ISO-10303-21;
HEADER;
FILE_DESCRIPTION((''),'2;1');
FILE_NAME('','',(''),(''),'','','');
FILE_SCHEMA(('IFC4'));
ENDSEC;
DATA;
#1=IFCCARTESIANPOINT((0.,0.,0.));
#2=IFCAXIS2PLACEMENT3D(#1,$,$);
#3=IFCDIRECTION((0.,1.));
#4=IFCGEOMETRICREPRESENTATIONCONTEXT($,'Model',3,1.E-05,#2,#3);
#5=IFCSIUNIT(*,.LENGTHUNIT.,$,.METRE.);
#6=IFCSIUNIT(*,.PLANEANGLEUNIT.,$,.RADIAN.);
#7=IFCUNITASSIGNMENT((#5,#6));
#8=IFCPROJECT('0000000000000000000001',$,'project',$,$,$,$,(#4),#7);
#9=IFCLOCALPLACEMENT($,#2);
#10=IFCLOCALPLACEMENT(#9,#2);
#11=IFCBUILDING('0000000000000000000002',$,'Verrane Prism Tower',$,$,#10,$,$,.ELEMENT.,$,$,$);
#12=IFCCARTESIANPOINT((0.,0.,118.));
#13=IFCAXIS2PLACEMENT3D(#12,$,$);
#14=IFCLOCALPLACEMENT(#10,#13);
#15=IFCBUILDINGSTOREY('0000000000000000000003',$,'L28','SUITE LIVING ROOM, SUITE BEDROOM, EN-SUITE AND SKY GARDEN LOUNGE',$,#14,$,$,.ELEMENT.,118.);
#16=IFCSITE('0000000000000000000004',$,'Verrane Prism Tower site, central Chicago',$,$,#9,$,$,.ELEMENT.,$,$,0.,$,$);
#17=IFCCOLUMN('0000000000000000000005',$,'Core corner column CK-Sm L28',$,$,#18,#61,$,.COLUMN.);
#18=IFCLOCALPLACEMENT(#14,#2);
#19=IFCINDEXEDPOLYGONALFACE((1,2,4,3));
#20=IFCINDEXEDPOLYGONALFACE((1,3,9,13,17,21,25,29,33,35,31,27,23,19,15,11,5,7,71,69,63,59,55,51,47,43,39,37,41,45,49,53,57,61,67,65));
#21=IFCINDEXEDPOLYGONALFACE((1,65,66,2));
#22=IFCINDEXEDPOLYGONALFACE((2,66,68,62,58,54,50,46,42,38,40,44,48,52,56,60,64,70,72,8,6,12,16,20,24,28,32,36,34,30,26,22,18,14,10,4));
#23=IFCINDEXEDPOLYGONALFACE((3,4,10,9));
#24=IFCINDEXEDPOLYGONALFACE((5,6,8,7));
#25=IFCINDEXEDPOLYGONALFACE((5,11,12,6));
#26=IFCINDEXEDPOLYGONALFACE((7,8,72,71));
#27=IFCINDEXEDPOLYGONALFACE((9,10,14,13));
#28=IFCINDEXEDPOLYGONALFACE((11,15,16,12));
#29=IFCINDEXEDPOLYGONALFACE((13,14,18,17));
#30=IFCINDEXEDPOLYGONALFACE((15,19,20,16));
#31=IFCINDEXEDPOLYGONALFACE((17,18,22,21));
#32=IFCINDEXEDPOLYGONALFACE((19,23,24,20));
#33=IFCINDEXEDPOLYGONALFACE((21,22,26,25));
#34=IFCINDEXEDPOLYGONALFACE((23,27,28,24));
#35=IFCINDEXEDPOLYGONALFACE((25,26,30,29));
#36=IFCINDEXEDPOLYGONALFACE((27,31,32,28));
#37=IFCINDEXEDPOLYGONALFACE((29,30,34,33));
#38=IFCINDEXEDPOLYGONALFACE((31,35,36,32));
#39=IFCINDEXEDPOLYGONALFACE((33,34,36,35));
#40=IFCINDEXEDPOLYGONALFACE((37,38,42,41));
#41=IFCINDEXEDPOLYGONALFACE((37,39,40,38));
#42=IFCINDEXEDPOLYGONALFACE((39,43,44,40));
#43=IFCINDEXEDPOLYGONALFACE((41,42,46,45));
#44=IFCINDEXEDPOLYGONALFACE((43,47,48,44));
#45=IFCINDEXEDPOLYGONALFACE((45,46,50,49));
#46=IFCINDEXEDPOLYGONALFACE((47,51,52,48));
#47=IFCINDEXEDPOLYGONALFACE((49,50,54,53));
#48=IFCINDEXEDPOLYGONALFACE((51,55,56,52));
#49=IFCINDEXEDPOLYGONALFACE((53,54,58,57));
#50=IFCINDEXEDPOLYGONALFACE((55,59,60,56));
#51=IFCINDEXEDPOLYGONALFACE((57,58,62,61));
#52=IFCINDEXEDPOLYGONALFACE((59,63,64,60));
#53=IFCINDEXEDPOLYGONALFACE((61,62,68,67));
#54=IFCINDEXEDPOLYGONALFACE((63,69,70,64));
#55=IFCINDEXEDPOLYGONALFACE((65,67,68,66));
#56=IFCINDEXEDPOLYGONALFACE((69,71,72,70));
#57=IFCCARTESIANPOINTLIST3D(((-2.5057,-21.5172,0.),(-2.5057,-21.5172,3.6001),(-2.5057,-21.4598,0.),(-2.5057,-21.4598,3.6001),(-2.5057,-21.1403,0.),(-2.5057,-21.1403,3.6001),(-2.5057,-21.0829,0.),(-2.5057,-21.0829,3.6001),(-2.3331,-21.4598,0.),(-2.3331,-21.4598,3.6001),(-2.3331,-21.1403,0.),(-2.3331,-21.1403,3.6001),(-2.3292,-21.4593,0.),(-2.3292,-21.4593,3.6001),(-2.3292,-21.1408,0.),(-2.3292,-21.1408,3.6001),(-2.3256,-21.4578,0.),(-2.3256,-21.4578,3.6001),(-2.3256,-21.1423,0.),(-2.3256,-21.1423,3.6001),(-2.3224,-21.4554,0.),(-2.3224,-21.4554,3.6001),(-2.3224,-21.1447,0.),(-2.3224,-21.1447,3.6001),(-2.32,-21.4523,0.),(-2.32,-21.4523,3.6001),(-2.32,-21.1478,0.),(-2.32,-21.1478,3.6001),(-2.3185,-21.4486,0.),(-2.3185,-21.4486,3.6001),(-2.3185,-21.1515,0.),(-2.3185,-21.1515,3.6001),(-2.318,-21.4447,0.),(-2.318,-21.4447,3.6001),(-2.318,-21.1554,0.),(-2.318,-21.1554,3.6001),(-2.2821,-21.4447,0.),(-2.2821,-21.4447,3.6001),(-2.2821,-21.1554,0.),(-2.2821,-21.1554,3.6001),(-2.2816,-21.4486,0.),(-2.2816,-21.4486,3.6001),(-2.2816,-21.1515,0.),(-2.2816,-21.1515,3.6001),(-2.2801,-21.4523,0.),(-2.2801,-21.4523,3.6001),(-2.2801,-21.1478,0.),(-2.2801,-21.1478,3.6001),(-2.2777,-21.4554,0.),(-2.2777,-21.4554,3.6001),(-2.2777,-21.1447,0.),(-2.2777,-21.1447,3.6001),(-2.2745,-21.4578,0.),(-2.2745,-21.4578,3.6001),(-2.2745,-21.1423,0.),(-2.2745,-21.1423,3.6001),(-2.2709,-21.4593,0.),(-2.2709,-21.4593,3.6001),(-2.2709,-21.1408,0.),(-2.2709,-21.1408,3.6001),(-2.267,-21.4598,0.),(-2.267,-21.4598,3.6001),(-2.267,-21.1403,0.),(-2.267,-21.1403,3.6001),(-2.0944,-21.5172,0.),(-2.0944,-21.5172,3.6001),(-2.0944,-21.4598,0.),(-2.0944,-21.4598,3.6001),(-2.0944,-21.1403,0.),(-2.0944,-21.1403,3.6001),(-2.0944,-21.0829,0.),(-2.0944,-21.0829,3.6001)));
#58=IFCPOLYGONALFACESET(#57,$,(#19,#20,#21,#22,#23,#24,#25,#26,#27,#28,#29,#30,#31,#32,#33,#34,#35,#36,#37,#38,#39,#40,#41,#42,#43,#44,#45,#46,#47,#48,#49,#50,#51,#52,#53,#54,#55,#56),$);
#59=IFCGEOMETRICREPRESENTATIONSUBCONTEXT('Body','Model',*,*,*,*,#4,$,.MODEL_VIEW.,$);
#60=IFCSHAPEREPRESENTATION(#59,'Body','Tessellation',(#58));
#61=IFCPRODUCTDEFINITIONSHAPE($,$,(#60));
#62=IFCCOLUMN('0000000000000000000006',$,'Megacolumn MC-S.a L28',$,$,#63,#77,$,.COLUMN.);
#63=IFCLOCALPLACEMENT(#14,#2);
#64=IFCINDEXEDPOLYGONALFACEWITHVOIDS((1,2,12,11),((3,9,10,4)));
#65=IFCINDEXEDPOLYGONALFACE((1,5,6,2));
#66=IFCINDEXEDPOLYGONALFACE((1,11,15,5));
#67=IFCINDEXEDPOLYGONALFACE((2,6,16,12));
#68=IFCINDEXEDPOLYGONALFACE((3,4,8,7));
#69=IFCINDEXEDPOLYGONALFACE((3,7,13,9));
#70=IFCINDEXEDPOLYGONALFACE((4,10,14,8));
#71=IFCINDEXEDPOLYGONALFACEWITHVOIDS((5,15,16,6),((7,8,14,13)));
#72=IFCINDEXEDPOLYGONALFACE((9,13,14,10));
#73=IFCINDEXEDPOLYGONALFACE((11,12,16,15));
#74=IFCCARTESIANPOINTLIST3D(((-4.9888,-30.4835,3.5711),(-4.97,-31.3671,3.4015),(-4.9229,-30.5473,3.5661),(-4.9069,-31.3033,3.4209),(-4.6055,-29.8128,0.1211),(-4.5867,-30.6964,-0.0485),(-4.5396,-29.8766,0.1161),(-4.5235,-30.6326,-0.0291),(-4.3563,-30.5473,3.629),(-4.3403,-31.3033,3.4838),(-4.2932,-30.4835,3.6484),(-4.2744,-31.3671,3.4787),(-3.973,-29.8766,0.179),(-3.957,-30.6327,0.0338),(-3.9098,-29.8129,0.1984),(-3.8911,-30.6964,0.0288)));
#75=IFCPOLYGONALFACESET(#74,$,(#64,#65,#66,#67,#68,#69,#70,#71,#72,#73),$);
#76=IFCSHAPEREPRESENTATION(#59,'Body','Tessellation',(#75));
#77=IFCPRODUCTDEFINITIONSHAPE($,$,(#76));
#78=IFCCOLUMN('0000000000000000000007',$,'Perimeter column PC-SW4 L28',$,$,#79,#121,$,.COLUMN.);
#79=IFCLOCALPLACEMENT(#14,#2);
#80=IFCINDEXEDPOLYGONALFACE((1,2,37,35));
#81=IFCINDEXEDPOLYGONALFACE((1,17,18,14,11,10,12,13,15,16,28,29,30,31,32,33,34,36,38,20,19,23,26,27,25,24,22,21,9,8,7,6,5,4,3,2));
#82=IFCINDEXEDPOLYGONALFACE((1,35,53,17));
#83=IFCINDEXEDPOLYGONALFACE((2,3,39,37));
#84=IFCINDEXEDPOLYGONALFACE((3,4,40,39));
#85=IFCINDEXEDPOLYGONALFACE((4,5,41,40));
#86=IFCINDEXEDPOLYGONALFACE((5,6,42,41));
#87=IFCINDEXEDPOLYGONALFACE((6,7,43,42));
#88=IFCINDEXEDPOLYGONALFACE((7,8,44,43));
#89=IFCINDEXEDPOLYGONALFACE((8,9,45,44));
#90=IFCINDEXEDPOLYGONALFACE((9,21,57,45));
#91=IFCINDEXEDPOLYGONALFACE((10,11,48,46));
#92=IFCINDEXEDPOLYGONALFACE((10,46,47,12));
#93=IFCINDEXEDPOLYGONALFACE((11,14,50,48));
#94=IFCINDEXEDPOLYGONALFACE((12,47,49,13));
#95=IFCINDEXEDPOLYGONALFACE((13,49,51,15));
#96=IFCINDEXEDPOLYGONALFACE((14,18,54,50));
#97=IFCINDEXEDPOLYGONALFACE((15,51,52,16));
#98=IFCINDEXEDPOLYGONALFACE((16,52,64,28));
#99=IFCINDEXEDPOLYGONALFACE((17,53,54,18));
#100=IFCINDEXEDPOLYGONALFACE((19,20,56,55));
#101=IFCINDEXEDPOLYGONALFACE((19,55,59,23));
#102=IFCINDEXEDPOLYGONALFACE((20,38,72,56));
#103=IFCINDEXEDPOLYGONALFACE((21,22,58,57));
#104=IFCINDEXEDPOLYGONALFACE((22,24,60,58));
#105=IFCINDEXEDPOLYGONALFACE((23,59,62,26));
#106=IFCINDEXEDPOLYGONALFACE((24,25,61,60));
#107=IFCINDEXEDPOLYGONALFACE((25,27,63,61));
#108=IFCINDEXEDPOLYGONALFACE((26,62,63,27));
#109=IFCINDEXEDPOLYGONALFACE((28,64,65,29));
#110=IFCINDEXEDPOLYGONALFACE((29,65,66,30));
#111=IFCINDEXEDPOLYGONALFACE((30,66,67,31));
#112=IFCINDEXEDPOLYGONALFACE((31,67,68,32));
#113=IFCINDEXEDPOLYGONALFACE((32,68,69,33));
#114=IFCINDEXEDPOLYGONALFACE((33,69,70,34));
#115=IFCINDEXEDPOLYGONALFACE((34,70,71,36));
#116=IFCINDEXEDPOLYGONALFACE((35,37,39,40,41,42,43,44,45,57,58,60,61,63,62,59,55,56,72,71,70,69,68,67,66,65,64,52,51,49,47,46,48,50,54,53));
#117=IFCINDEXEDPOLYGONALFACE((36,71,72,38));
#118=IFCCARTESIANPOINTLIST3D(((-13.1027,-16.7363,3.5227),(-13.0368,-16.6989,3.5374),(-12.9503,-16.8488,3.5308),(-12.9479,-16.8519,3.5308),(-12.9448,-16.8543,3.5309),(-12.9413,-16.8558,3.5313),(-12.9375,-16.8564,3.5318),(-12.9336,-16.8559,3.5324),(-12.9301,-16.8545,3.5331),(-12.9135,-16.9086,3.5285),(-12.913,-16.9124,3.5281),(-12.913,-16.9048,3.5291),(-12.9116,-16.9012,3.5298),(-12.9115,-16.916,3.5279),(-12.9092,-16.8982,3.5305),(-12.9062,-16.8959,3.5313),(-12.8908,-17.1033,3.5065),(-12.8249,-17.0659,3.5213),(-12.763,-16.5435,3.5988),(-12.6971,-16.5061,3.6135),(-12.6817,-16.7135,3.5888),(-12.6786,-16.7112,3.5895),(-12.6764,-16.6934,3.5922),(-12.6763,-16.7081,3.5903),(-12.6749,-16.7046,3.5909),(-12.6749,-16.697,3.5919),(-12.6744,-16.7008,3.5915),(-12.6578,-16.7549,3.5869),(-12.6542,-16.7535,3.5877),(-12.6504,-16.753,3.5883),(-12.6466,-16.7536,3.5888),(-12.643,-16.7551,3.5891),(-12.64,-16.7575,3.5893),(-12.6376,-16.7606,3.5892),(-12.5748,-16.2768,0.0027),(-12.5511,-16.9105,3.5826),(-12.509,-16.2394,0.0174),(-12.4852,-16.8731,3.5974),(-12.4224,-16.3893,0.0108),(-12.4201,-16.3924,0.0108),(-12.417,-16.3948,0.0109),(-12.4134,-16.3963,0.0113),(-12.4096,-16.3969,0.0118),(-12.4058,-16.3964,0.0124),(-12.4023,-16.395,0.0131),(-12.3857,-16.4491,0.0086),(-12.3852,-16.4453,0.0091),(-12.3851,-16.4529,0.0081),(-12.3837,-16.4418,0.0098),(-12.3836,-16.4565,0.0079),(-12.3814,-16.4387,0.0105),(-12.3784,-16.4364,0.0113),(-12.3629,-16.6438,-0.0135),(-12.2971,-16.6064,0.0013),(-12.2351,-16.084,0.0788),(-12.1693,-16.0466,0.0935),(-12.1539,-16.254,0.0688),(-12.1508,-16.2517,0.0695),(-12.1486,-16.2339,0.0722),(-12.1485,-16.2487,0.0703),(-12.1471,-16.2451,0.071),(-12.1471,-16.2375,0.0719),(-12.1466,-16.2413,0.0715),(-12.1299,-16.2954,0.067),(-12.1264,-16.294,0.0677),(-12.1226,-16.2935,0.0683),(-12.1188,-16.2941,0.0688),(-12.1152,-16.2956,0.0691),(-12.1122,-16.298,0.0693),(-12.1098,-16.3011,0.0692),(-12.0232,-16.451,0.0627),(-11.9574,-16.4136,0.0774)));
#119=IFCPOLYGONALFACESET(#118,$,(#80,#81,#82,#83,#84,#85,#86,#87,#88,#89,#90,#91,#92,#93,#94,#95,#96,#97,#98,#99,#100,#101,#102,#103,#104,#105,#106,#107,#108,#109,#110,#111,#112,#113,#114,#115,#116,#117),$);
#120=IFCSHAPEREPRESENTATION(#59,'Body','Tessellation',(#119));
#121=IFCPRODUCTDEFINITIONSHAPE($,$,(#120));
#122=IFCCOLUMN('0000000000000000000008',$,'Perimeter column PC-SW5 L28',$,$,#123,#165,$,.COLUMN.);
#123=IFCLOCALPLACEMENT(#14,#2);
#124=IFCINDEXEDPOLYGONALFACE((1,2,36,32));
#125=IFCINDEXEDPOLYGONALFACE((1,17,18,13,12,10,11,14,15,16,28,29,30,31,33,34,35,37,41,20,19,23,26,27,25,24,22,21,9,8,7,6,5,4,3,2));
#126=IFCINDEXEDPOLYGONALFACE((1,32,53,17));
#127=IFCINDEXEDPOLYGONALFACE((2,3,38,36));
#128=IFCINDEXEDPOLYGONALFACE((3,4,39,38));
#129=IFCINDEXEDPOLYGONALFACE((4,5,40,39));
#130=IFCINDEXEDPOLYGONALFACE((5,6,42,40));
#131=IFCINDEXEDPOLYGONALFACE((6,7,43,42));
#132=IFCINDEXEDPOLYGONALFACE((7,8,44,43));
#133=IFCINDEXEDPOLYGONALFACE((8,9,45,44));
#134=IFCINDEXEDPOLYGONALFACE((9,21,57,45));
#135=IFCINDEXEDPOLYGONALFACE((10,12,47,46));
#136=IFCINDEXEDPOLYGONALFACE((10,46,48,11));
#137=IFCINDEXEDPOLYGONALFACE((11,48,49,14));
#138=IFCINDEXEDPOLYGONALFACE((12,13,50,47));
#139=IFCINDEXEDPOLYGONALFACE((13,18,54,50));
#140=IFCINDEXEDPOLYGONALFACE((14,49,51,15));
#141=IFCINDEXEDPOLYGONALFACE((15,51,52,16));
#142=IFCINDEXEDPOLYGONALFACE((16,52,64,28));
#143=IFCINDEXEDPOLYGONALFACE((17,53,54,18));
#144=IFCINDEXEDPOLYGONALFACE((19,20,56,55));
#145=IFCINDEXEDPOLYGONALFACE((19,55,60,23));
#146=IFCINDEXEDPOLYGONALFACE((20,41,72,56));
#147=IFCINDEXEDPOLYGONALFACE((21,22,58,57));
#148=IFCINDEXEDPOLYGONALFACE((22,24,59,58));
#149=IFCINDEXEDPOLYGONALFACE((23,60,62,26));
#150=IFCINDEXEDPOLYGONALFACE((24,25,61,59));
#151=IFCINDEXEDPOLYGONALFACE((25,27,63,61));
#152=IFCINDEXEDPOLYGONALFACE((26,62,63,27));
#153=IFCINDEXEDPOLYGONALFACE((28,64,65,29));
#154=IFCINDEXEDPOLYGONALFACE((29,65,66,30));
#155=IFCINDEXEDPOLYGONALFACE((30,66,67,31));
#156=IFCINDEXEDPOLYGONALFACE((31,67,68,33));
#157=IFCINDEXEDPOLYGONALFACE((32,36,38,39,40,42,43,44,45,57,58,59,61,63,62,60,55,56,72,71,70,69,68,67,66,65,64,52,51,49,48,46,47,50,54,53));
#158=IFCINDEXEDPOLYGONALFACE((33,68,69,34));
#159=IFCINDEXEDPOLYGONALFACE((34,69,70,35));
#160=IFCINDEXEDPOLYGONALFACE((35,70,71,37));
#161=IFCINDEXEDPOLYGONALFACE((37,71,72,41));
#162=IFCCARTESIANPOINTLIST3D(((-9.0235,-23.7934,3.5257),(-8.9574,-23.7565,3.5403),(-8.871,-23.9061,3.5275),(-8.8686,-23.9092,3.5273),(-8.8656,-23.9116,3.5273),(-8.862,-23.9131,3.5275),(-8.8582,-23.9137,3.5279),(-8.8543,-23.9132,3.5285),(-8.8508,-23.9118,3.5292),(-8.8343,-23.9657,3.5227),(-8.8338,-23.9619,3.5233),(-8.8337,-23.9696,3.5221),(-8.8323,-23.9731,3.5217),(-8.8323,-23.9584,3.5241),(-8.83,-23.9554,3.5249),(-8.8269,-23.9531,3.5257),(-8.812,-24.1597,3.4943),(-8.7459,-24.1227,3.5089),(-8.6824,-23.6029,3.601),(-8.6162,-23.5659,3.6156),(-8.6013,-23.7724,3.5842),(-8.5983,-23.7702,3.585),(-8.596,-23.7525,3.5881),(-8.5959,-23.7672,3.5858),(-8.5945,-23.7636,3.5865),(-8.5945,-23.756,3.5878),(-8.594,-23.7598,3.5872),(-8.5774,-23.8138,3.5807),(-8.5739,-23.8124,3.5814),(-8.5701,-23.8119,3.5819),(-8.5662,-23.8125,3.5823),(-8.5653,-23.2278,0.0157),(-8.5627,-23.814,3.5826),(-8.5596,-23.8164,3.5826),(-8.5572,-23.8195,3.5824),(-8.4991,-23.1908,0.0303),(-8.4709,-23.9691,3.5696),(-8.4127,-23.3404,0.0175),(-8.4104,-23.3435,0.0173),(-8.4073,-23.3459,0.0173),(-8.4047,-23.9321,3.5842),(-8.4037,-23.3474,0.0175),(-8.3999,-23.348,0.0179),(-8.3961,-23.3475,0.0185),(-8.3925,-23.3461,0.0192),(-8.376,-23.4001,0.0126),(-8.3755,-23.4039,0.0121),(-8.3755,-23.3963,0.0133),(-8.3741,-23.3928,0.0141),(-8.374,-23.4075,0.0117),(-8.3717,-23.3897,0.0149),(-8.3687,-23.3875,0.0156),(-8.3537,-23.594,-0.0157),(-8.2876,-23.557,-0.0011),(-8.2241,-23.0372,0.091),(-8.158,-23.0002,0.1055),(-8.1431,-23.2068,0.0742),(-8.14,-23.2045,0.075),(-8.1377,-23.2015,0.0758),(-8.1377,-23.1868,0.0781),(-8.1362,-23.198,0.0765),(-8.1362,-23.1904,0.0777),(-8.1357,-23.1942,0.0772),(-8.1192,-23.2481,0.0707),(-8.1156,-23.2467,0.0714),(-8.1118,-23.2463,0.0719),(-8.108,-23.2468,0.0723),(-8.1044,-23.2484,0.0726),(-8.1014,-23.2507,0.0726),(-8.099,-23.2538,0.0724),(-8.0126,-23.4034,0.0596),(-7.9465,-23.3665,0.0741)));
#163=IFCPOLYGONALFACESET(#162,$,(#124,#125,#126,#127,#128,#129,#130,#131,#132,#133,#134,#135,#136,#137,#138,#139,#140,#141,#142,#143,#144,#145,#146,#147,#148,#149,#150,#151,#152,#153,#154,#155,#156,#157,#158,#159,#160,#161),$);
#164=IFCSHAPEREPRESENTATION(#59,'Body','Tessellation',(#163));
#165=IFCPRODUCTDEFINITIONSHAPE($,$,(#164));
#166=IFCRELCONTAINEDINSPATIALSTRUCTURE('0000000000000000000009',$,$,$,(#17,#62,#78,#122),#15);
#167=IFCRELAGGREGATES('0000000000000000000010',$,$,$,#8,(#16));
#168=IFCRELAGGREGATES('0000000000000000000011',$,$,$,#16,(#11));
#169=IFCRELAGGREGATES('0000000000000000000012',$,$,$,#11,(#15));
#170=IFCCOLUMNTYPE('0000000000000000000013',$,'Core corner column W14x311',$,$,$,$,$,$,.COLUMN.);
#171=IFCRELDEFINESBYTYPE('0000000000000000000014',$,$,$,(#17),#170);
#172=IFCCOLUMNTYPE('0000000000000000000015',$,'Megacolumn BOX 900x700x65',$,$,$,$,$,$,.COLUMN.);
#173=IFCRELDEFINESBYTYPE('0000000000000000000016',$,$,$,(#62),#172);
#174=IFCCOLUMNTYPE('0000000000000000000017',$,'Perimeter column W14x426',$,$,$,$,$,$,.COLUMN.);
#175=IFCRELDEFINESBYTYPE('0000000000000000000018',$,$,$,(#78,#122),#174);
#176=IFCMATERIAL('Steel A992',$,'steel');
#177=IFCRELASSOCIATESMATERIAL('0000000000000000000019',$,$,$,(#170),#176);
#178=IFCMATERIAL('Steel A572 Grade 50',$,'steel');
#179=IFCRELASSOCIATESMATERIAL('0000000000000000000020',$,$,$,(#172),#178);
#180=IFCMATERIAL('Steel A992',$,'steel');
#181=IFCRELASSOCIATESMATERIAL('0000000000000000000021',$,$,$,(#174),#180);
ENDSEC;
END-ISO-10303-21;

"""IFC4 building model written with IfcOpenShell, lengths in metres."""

from ifc_helpers import new_model, si_unit, direction, frame, origin, origin_2d, place, context, subcontext, project, spatial, hollow_rectangle, i_section, extrude, material, material_profile, profile_set, type_object, element, save


model = new_model("IFC4")

# Units and contexts
model_context = context("Model", 3, precision=1e-05, world=origin(), true_north=direction((0.0, 1.0)))
body_context = subcontext(model_context, "Body", "Model", "MODEL_VIEW")
ifc_project = project(units=[si_unit("LENGTHUNIT", "METRE"), si_unit("PLANEANGLEUNIT", "RADIAN")], contexts=[model_context])

# Site, building, storey
site_placement = place(None, origin())
site = spatial("IfcSite", under=ifc_project, at=site_placement, Name="Verrane Prism Tower site, central Chicago", CompositionType="ELEMENT", RefElevation=0.0)
building_placement = place(site_placement, origin())
building = spatial("IfcBuilding", under=site, at=building_placement, Name="Verrane Prism Tower", CompositionType="ELEMENT")
storey_placement = place(building_placement, frame((0.0, 0.0, 118.0)))
storey = spatial("IfcBuildingStorey", under=building, at=storey_placement, Name="L28", Description="SUITE LIVING ROOM, SUITE BEDROOM, EN-SUITE AND SKY GARDEN LOUNGE", CompositionType="ELEMENT", Elevation=118.0)

# Columns
ifc_material_1 = material(Name="Steel A992", Category="steel")
ifc_material_profile_1 = material_profile(ifc_material_1, i_section(OverallWidth=0.4114, OverallDepth=0.4343, WebThickness=0.0359, FlangeThickness=0.0574, FilletRadius=0.0151, at=origin_2d()), Name="W14x311")
ifc_profile_set_1 = profile_set([ifc_material_profile_1], Name="Steel A992")
column_type_1 = type_object("IfcColumnType", Name="Core corner column W14x311", PredefinedType="COLUMN", material=ifc_profile_set_1)
column_1_placement = place(storey_placement, frame((-2.3, -21.3, 0.0), z_axis=(0.0, 0.0, 1.0), x_axis=(-1.0, 0.0, 0.0)))
element("IfcColumn", 1, at=column_1_placement, inside=storey, type_object=column_type_1, Name="Core corner column CK-Sm L28", PredefinedType="COLUMN", context=body_context, shape_type="SweptSolid", body=[
    extrude(i_section(OverallWidth=0.4114, OverallDepth=0.4343, WebThickness=0.0359, FlangeThickness=0.0574, FilletRadius=0.0151, at=origin_2d()), origin(), (0.0, 0.0, 1.0), 3.6001),
])
ifc_material_2 = material(Name="Steel A572 Grade 50", Category="steel")
ifc_material_profile_2 = material_profile(ifc_material_2, hollow_rectangle(XDim=0.7, YDim=0.8999, WallThickness=0.0649, at=origin_2d()), Name="BOX 900x700x65")
ifc_profile_set_2 = profile_set([ifc_material_profile_2], Name="Steel A572 Grade 50")
column_type_2 = type_object("IfcColumnType", Name="Megacolumn BOX 900x700x65", PredefinedType="COLUMN", material=ifc_profile_set_2)
column_2_placement = place(storey_placement, frame((-4.2483, -30.2546, 0.075), z_axis=(-0.108419, -0.189698, 0.975838), x_axis=(-0.993886, 0.000074, -0.11041)))
element("IfcColumn", 2, at=column_2_placement, inside=storey, type_object=column_type_2, Name="Megacolumn MC-S.a L28", PredefinedType="COLUMN", context=body_context, shape_type="SweptSolid", body=[
    extrude(hollow_rectangle(XDim=0.7, YDim=0.8999, WallThickness=0.0649, at=origin_2d()), origin(), (0.0, 0.0, 1.0), 3.5354),
])
ifc_material_3 = material(Name="Steel A992", Category="steel")
ifc_material_profile_3 = material_profile(ifc_material_3, i_section(OverallWidth=0.4241, OverallDepth=0.4751, WebThickness=0.0479, FlangeThickness=0.0771, FilletRadius=0.0149, at=origin_2d()), Name="W14x426")
ifc_profile_set_3 = profile_set([ifc_material_profile_3], Name="Steel A992")
column_type_3 = type_object("IfcColumnType", Name="Perimeter column W14x426", PredefinedType="COLUMN", material=ifc_profile_set_3)
column_3_placement = place(storey_placement, frame((-12.2661, -16.3452, 0.04), z_axis=(-0.147073, -0.128026, 0.980805), x_axis=(-0.499695, 0.865366, 0.038027)))
element("IfcColumn", 3, at=column_3_placement, inside=storey, type_object=column_type_3, Name="Perimeter column PC-SW4 L28", PredefinedType="COLUMN", context=body_context, shape_type="SweptSolid", body=[
    extrude(i_section(OverallWidth=0.4241, OverallDepth=0.4751, WebThickness=0.0479, FlangeThickness=0.0771, FilletRadius=0.0149, at=origin_2d()), origin(), (0.0, 0.0, 1.0), 3.5889),
])
column_4_placement = place(storey_placement, frame((-8.2559, -23.2971, 0.0449), z_axis=(-0.127835, -0.157802, 0.979161), x_axis=(-0.498757, 0.863572, 0.074058)))
element("IfcColumn", 4, at=column_4_placement, inside=storey, type_object=column_type_3, Name="Perimeter column PC-SW5 L28", PredefinedType="COLUMN", context=body_context, shape_type="SweptSolid", body=[
    extrude(i_section(OverallWidth=0.4241, OverallDepth=0.4751, WebThickness=0.0479, FlangeThickness=0.0771, FilletRadius=0.0149, at=origin_2d()), origin(), (0.0, 0.0, 1.0), 3.5847),
])

save(model, "model.ifc")
